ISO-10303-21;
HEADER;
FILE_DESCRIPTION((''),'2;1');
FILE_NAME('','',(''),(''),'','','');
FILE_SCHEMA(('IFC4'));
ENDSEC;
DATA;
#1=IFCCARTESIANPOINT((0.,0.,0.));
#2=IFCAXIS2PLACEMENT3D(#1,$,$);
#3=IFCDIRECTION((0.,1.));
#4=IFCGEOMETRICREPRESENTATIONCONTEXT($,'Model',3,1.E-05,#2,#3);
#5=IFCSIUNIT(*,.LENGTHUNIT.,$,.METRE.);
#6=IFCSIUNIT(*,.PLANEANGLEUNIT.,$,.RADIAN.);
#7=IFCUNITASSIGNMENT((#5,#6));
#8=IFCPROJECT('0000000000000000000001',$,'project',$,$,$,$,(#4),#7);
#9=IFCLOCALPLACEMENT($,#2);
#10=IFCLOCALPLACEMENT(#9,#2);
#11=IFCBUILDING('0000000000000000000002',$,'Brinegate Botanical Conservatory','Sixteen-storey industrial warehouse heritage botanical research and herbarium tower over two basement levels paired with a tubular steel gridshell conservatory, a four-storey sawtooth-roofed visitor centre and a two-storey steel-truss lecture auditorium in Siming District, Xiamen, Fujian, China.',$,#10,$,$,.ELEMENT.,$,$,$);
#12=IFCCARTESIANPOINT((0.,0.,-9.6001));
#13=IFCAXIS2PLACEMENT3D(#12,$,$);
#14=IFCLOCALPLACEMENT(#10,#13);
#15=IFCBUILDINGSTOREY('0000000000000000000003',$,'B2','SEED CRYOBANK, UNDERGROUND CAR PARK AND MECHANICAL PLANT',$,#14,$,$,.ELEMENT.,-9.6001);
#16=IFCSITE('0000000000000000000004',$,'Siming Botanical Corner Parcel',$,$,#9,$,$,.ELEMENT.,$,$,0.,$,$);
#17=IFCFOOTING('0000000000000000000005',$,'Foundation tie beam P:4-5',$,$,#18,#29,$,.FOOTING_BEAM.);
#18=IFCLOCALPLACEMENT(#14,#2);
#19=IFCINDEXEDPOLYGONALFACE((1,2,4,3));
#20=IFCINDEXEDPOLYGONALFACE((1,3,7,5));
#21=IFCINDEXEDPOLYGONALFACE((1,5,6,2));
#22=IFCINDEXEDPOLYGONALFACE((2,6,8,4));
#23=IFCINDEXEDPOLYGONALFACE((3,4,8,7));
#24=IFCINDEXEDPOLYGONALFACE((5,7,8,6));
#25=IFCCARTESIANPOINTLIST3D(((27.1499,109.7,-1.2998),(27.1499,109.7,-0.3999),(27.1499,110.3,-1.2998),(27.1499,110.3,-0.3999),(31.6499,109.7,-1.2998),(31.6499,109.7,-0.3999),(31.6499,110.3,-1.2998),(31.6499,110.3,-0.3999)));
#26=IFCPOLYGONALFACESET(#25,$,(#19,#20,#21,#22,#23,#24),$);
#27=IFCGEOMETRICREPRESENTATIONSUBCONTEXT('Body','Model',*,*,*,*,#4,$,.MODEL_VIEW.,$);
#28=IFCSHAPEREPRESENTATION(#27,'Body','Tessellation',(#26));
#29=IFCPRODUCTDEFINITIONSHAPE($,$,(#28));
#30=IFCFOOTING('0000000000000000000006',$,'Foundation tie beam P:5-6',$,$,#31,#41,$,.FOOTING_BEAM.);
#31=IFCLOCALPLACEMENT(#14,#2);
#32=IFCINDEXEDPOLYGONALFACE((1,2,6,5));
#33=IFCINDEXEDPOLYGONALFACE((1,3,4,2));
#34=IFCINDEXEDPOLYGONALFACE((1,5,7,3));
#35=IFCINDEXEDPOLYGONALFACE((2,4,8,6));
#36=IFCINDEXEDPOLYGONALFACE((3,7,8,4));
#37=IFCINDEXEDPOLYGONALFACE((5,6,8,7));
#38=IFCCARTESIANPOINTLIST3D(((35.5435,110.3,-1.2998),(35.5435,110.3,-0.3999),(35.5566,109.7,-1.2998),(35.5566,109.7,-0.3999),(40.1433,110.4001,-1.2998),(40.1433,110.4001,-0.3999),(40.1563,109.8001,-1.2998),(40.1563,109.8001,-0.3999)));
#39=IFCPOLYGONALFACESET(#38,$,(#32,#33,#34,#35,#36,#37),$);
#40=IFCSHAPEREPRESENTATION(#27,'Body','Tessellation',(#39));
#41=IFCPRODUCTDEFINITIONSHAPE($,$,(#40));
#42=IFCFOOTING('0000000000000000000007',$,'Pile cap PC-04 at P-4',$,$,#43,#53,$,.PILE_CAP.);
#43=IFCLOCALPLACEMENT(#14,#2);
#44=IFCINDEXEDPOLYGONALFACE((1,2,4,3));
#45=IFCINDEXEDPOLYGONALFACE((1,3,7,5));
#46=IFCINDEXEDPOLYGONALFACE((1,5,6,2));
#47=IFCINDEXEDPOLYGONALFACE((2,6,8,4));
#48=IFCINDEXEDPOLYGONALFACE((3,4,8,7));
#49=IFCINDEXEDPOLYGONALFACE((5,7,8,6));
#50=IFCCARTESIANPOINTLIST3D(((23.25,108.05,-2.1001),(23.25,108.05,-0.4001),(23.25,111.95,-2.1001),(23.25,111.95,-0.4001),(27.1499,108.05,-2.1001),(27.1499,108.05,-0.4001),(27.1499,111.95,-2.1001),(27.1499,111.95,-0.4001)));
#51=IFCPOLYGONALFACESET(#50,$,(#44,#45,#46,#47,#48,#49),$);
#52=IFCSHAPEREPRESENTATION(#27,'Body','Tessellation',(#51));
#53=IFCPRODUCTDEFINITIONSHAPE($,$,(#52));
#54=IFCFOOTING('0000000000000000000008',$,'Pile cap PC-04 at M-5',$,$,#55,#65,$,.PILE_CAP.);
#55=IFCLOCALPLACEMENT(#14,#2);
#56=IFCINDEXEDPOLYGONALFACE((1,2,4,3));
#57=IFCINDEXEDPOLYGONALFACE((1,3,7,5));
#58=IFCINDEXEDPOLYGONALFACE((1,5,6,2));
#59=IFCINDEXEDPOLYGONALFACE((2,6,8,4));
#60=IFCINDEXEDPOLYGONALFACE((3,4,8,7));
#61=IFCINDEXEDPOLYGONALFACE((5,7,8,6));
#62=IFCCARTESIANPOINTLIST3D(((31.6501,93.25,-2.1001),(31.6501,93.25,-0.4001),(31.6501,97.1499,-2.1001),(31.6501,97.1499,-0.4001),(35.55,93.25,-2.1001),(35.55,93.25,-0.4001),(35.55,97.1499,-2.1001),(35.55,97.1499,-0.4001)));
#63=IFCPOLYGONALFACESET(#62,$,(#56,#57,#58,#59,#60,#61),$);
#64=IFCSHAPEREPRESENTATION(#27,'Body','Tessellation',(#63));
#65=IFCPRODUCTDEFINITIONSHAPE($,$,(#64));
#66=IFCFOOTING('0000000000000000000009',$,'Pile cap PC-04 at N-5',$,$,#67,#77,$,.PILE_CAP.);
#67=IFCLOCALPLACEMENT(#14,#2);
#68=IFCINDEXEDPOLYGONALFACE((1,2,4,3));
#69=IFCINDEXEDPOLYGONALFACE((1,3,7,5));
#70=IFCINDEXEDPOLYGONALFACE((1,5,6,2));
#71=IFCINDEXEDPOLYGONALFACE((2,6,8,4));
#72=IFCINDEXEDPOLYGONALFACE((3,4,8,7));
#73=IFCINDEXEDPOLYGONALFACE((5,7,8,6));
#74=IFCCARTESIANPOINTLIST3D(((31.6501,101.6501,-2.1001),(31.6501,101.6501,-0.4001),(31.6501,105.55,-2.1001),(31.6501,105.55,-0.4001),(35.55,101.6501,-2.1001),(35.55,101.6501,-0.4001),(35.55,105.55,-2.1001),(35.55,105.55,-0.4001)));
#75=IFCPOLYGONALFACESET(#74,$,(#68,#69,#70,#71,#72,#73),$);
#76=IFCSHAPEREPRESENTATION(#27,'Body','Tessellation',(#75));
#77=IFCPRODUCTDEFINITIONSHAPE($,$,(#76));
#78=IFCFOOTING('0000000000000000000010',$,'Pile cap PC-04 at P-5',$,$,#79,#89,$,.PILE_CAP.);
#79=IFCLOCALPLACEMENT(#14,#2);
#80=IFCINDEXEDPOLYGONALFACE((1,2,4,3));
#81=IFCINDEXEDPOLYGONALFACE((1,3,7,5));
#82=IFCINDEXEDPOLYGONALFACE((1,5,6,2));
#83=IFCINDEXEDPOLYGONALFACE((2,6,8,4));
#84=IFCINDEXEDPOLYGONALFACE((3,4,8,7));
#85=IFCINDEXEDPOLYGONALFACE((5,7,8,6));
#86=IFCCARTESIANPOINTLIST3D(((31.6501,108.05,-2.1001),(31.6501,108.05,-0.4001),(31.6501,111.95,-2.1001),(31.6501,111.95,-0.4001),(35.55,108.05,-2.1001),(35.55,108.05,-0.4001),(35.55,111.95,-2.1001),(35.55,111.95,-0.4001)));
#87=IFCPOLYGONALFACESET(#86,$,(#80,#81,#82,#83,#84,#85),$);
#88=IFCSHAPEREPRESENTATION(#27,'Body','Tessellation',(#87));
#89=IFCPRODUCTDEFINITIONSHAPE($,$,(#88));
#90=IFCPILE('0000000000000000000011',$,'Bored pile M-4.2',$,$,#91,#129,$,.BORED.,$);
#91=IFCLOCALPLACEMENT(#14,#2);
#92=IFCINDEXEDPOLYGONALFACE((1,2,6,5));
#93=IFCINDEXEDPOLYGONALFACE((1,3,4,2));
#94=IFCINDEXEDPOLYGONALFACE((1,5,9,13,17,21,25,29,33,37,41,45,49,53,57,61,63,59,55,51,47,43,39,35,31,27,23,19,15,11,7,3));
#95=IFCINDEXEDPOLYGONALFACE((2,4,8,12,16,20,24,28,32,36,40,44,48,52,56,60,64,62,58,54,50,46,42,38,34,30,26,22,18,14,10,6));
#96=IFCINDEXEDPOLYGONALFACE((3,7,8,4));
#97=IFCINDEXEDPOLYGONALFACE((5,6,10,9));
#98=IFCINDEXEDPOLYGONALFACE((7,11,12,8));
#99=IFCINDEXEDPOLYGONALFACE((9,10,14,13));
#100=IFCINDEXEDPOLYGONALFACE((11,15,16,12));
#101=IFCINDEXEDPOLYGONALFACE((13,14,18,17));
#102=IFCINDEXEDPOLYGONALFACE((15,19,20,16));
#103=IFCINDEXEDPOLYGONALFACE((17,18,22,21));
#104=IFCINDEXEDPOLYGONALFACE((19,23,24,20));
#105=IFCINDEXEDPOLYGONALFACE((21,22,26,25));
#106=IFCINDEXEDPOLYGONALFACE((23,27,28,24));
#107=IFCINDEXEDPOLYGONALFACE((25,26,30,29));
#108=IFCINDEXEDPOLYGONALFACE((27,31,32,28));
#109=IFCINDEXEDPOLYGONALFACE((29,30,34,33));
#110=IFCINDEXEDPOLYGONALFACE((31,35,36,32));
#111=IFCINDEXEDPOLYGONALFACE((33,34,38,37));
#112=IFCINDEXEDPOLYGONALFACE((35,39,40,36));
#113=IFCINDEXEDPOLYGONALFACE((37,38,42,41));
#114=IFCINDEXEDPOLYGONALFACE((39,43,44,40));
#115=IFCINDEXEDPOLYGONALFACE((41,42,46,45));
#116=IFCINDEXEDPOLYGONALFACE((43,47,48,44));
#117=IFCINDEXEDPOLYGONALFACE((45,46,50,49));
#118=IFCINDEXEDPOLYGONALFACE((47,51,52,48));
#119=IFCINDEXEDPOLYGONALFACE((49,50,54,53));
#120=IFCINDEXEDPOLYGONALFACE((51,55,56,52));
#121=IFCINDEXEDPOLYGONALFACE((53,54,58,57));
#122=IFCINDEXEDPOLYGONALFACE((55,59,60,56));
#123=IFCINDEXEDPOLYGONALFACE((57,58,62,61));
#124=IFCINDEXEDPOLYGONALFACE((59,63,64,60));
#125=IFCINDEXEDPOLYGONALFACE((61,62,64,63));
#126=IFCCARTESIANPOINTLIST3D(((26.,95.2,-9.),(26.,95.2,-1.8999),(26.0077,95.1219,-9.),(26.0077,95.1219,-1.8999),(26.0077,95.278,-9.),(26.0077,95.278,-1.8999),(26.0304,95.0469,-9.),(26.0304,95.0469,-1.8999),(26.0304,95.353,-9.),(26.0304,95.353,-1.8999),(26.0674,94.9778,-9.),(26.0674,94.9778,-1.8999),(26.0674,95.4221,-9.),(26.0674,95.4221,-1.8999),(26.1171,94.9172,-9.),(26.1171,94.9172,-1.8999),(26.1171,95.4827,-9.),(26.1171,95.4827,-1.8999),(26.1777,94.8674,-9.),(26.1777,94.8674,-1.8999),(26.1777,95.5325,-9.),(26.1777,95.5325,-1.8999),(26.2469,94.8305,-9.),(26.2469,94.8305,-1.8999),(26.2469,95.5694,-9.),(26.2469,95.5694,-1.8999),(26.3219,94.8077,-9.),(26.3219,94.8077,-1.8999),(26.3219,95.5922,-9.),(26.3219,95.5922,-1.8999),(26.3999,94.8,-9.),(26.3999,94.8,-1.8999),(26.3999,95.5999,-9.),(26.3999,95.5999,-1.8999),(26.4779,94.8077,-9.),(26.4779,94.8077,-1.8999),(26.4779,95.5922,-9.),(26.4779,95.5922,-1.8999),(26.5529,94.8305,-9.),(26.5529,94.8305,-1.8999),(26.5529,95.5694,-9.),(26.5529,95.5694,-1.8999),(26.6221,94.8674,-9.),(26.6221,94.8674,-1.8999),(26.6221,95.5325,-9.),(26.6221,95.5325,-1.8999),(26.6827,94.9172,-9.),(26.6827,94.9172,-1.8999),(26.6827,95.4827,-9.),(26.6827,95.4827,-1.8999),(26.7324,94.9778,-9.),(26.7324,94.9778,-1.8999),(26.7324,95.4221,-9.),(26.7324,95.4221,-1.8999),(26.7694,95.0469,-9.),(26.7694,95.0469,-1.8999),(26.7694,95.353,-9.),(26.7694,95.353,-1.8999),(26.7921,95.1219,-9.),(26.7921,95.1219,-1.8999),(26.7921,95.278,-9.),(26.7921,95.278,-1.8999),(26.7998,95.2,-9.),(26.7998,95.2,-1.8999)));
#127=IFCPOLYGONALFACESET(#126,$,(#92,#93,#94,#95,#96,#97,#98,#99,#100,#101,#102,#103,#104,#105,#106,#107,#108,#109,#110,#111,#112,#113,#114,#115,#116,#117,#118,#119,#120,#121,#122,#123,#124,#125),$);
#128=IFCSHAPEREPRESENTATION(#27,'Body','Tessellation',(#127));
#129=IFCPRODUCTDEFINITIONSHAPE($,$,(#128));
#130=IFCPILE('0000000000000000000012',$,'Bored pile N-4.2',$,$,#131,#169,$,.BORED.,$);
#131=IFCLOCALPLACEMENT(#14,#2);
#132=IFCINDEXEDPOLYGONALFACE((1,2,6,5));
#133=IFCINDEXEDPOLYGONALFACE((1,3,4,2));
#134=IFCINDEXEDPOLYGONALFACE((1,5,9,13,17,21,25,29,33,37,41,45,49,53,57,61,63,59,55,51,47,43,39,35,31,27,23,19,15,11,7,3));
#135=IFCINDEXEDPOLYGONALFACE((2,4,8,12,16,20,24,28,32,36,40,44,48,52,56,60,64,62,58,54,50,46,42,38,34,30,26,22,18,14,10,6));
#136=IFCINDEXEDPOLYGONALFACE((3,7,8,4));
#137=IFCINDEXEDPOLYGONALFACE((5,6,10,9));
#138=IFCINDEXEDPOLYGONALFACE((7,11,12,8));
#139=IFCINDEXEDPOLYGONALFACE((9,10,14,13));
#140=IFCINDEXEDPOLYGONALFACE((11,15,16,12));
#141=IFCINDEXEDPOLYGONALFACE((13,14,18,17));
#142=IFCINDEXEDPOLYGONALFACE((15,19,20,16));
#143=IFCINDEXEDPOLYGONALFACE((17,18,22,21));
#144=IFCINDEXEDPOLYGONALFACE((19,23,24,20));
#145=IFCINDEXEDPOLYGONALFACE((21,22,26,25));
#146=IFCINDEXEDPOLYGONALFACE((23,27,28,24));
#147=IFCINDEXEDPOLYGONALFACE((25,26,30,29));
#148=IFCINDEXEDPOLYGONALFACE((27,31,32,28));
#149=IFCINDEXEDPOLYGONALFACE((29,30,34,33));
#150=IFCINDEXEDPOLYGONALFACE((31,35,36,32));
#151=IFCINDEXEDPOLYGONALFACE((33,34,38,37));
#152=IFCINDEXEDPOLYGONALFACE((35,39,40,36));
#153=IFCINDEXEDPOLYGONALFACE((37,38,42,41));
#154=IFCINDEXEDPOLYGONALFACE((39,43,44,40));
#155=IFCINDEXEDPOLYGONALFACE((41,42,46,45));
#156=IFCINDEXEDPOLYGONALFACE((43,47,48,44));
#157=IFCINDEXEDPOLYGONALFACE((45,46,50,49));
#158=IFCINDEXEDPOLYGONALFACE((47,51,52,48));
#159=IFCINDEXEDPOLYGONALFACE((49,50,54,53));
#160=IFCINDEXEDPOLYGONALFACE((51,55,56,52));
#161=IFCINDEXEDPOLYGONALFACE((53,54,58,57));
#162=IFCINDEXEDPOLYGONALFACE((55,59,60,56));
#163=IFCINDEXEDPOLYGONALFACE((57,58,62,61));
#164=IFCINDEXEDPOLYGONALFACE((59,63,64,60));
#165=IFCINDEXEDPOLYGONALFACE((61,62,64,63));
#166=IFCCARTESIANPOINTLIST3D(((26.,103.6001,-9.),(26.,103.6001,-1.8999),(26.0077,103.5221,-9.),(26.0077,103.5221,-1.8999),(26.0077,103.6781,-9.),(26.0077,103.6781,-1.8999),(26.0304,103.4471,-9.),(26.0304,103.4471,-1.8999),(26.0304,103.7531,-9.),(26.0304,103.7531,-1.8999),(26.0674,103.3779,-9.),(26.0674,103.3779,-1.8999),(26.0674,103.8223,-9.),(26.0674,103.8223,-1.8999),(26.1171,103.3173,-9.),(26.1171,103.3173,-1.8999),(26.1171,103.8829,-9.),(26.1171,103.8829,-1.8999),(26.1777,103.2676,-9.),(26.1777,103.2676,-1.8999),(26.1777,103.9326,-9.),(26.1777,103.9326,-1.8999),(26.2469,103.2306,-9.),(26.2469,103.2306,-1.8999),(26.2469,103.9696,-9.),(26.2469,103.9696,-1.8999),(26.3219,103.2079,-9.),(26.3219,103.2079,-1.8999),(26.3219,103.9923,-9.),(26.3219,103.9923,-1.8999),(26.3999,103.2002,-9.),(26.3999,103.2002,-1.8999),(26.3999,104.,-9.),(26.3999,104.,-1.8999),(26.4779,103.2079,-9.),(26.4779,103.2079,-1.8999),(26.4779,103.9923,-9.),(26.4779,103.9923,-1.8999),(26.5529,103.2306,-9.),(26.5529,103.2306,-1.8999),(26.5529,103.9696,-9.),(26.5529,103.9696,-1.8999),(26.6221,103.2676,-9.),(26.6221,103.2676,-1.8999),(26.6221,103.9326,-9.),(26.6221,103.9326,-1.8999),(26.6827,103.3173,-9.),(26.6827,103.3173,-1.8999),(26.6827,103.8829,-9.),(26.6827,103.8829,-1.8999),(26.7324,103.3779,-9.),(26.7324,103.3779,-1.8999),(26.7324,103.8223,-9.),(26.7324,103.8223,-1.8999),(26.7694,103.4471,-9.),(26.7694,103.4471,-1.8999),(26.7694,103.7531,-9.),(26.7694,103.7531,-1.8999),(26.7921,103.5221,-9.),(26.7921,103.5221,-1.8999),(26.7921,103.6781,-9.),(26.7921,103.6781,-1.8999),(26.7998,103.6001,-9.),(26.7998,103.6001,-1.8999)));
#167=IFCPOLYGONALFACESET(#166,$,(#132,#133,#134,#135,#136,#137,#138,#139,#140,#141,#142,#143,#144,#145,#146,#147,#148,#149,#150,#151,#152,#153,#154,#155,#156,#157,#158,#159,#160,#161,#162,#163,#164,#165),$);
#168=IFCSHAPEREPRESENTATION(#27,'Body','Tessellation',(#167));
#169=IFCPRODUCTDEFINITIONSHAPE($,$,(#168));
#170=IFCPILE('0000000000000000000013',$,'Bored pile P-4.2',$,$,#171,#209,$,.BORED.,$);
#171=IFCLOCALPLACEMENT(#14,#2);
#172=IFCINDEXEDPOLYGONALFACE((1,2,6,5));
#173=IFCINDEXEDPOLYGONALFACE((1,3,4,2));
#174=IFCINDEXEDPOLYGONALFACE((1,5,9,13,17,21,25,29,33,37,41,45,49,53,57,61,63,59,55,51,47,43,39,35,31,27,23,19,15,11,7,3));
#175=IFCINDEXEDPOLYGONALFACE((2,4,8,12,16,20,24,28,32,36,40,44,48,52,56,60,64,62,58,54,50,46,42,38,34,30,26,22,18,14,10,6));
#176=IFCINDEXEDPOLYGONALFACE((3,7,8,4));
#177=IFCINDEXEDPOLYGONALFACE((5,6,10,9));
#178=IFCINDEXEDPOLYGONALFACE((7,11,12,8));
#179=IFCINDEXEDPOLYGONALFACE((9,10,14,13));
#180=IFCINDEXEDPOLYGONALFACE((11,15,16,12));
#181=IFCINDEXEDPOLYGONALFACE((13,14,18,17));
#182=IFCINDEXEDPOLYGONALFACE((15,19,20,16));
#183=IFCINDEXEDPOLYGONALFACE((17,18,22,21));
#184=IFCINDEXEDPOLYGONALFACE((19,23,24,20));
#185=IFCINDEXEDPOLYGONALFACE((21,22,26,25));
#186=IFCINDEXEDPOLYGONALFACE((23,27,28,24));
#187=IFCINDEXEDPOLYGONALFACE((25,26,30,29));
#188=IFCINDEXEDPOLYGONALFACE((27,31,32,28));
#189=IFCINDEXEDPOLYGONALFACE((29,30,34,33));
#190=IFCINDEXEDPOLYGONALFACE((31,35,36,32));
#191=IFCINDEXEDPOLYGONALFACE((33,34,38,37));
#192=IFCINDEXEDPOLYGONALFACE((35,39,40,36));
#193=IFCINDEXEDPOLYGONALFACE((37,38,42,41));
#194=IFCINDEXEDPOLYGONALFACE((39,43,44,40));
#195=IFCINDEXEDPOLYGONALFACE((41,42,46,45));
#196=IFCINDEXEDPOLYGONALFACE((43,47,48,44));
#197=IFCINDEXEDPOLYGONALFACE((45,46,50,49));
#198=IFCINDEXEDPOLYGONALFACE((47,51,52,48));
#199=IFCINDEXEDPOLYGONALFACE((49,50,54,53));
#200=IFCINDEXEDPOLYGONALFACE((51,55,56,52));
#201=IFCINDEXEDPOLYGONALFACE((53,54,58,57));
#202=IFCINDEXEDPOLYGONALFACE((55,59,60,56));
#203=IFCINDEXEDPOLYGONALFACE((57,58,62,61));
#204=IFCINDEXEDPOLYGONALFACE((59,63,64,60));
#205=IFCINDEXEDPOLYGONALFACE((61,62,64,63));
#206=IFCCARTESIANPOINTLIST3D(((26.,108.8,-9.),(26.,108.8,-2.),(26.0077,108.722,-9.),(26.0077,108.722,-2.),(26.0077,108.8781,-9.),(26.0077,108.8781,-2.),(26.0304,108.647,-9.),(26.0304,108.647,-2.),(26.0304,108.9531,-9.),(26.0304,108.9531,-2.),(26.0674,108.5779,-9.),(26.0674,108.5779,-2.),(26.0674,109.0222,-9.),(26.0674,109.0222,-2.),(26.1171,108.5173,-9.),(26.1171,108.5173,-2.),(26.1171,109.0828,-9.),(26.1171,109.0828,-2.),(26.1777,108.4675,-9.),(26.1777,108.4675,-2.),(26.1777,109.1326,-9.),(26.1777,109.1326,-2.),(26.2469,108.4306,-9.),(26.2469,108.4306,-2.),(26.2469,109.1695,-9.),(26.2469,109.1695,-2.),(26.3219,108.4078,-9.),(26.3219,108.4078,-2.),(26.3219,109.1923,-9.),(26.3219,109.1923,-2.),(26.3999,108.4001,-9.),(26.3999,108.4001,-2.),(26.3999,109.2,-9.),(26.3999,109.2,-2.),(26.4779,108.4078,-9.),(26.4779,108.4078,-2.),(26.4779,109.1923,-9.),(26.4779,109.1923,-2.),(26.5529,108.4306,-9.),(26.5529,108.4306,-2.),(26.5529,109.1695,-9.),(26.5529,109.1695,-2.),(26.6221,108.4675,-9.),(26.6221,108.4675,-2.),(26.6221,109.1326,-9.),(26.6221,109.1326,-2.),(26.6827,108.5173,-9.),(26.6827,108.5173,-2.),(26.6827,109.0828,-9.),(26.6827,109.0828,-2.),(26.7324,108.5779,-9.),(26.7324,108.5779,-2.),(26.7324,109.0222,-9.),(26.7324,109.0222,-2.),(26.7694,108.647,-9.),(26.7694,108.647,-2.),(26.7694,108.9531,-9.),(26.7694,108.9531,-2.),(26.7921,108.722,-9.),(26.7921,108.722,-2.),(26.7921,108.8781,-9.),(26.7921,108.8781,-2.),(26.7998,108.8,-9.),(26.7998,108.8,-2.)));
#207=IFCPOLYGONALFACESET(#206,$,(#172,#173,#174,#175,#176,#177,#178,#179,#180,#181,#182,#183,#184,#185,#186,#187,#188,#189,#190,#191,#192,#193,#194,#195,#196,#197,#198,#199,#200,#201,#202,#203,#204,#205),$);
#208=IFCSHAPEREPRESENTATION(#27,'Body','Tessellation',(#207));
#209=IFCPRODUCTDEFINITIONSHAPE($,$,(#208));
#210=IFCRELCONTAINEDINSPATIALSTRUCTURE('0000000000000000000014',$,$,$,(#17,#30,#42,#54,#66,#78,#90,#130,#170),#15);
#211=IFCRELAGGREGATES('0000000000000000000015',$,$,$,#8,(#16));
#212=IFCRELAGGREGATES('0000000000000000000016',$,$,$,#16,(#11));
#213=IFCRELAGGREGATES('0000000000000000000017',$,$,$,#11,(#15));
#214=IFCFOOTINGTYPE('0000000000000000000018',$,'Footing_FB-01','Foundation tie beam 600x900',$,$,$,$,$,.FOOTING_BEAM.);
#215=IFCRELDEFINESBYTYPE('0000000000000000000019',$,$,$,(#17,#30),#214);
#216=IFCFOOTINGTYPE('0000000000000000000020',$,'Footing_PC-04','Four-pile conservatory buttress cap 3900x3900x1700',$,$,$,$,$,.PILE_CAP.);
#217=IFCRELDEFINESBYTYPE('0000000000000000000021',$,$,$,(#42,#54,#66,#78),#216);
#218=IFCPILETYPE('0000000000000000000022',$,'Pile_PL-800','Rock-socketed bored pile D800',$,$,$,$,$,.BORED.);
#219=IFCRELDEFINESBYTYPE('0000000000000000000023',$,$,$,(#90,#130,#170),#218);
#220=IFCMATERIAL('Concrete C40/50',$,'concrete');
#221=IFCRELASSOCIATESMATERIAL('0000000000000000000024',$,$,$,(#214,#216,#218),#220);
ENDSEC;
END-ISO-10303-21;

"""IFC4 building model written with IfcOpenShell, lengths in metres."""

from ifc_helpers import new_model, si_unit, direction, frame, origin, origin_2d, place, context, subcontext, project, spatial, rectangle, circle, extrude, material, material_profile, profile_set, type_object, element, save


model = new_model("IFC4")

# Units and contexts
model_context = context("Model", 3, precision=1e-05, world=origin(), true_north=direction((0.0, 1.0)))
body_context = subcontext(model_context, "Body", "Model", "MODEL_VIEW")
ifc_project = project(units=[si_unit("LENGTHUNIT", "METRE"), si_unit("PLANEANGLEUNIT", "RADIAN")], contexts=[model_context])

# Site, building, storey
site_placement = place(None, origin())
site = spatial("IfcSite", under=ifc_project, at=site_placement, Name="Siming Botanical Corner Parcel", CompositionType="ELEMENT", RefElevation=0.0)
building_placement = place(site_placement, origin())
building = spatial("IfcBuilding", under=site, at=building_placement, Name="Brinegate Botanical Conservatory", Description="Sixteen-storey industrial warehouse heritage botanical research and herbarium tower over two basement levels paired with a tubular steel gridshell conservatory, a four-storey sawtooth-roofed visitor centre and a two-storey steel-truss lecture auditorium in Siming District, Xiamen, Fujian, China.", CompositionType="ELEMENT")
storey_placement = place(building_placement, frame((0.0, 0.0, -9.6001)))
storey = spatial("IfcBuildingStorey", under=building, at=storey_placement, Name="B2", Description="SEED CRYOBANK, UNDERGROUND CAR PARK AND MECHANICAL PLANT", CompositionType="ELEMENT", Elevation=-9.6001)

# Footings
ifc_material = material(Name="Concrete C40/50", Category="concrete")
ifc_material_profile_1 = material_profile(ifc_material, rectangle(XDim=0.6001, YDim=0.8999, at=origin_2d()), Name="RC GB 600x900")
ifc_profile_set_1 = profile_set([ifc_material_profile_1], Name="Concrete C40/50")
footing_type_1 = type_object("IfcFootingType", Name="Footing_FB-01", Description="Foundation tie beam 600x900", PredefinedType="FOOTING_BEAM", material=ifc_profile_set_1)
footing_1_placement = place(storey_placement, frame((27.1499, 110.0, -0.8499), z_axis=(1.0, 0.0, 0.0), x_axis=(0.0, 1.0, 0.0)))
element("IfcFooting", 1, at=footing_1_placement, inside=storey, type_object=footing_type_1, Name="Foundation tie beam P:4-5", PredefinedType="FOOTING_BEAM", context=body_context, shape_type="SweptSolid", body=[
    extrude(rectangle(XDim=0.6001, YDim=0.8999, at=origin_2d()), origin(), (0.0, 0.0, 1.0), 4.5),
])
footing_2_placement = place(storey_placement, frame((35.55, 110.0, -0.8499), z_axis=(0.999763, 0.021756, 0.0), x_axis=(-0.021756, 0.999763, 0.0)))
element("IfcFooting", 2, at=footing_2_placement, inside=storey, type_object=footing_type_1, Name="Foundation tie beam P:5-6", PredefinedType="FOOTING_BEAM", context=body_context, shape_type="SweptSolid", body=[
    extrude(rectangle(XDim=0.6001, YDim=0.8999, at=origin_2d()), origin(), (0.0, 0.0, 1.0), 4.6008),
])
footing_type_2 = type_object("IfcFootingType", Name="Footing_PC-04", Description="Four-pile conservatory buttress cap 3900x3900x1700", PredefinedType="PILE_CAP", material=ifc_material)
for number, where, z_axis, x_axis, name in (
    (3, (25.2, 110.0, -2.1001), (0.0, 0.0, 1.0), (1.0, 0.0, 0.0), "Pile cap PC-04 at P-4"),
    (4, (33.6001, 95.2, -2.1001), (0.0, 0.0, 1.0), (1.0, 0.0, 0.0), "Pile cap PC-04 at M-5"),
    (5, (33.6001, 103.6001, -2.1001), (0.0, 0.0, 1.0), (1.0, 0.0, 0.0), "Pile cap PC-04 at N-5"),
    (6, (33.6001, 110.0, -2.1001), (0.0, 0.0, 1.0), (1.0, 0.0, 0.0), "Pile cap PC-04 at P-5"),
):
    element("IfcFooting", number, at=place(storey_placement, frame(where, z_axis=z_axis, x_axis=x_axis)), inside=storey, type_object=footing_type_2, Name=name, PredefinedType="PILE_CAP", context=body_context, shape_type="SweptSolid", body=[
        extrude(rectangle(XDim=3.8999, YDim=3.8999, at=origin_2d()), origin(), (0.0, 0.0, 1.0), 1.7),
    ])

# Piles
ifc_material_profile_2 = material_profile(ifc_material, circle(Radius=0.3999, at=origin_2d()), Name="PILE D800")
ifc_profile_set_2 = profile_set([ifc_material_profile_2], Name="Concrete C40/50")
pile_type = type_object("IfcPileType", Name="Pile_PL-800", Description="Rock-socketed bored pile D800", PredefinedType="BORED", material=ifc_profile_set_2)
for number, where, z_axis, x_axis, name in (
    (7, (26.3999, 95.2, -1.8999), (0.0, 0.0, -1.0), (1.0, 0.0, 0.0), "Bored pile M-4.2"),
    (8, (26.3999, 103.6001, -1.8999), (0.0, 0.0, -1.0), (1.0, 0.0, 0.0), "Bored pile N-4.2"),
):
    element("IfcPile", number, at=place(storey_placement, frame(where, z_axis=z_axis, x_axis=x_axis)), inside=storey, type_object=pile_type, Name=name, PredefinedType="BORED", context=body_context, shape_type="SweptSolid", body=[
        extrude(circle(Radius=0.3999, at=origin_2d()), origin(), (0.0, 0.0, 1.0), 7.1001),
    ])
for number, where, z_axis, x_axis, name in (
    (9, (26.3999, 108.8, -2.0), (0.0, 0.0, -1.0), (1.0, 0.0, 0.0), "Bored pile P-4.2"),
):
    element("IfcPile", number, at=place(storey_placement, frame(where, z_axis=z_axis, x_axis=x_axis)), inside=storey, type_object=pile_type, Name=name, PredefinedType="BORED", context=body_context, shape_type="SweptSolid", body=[
        extrude(circle(Radius=0.3999, at=origin_2d()), origin(), (0.0, 0.0, 1.0), 7.0),
    ])

save(model, "model.ifc")
